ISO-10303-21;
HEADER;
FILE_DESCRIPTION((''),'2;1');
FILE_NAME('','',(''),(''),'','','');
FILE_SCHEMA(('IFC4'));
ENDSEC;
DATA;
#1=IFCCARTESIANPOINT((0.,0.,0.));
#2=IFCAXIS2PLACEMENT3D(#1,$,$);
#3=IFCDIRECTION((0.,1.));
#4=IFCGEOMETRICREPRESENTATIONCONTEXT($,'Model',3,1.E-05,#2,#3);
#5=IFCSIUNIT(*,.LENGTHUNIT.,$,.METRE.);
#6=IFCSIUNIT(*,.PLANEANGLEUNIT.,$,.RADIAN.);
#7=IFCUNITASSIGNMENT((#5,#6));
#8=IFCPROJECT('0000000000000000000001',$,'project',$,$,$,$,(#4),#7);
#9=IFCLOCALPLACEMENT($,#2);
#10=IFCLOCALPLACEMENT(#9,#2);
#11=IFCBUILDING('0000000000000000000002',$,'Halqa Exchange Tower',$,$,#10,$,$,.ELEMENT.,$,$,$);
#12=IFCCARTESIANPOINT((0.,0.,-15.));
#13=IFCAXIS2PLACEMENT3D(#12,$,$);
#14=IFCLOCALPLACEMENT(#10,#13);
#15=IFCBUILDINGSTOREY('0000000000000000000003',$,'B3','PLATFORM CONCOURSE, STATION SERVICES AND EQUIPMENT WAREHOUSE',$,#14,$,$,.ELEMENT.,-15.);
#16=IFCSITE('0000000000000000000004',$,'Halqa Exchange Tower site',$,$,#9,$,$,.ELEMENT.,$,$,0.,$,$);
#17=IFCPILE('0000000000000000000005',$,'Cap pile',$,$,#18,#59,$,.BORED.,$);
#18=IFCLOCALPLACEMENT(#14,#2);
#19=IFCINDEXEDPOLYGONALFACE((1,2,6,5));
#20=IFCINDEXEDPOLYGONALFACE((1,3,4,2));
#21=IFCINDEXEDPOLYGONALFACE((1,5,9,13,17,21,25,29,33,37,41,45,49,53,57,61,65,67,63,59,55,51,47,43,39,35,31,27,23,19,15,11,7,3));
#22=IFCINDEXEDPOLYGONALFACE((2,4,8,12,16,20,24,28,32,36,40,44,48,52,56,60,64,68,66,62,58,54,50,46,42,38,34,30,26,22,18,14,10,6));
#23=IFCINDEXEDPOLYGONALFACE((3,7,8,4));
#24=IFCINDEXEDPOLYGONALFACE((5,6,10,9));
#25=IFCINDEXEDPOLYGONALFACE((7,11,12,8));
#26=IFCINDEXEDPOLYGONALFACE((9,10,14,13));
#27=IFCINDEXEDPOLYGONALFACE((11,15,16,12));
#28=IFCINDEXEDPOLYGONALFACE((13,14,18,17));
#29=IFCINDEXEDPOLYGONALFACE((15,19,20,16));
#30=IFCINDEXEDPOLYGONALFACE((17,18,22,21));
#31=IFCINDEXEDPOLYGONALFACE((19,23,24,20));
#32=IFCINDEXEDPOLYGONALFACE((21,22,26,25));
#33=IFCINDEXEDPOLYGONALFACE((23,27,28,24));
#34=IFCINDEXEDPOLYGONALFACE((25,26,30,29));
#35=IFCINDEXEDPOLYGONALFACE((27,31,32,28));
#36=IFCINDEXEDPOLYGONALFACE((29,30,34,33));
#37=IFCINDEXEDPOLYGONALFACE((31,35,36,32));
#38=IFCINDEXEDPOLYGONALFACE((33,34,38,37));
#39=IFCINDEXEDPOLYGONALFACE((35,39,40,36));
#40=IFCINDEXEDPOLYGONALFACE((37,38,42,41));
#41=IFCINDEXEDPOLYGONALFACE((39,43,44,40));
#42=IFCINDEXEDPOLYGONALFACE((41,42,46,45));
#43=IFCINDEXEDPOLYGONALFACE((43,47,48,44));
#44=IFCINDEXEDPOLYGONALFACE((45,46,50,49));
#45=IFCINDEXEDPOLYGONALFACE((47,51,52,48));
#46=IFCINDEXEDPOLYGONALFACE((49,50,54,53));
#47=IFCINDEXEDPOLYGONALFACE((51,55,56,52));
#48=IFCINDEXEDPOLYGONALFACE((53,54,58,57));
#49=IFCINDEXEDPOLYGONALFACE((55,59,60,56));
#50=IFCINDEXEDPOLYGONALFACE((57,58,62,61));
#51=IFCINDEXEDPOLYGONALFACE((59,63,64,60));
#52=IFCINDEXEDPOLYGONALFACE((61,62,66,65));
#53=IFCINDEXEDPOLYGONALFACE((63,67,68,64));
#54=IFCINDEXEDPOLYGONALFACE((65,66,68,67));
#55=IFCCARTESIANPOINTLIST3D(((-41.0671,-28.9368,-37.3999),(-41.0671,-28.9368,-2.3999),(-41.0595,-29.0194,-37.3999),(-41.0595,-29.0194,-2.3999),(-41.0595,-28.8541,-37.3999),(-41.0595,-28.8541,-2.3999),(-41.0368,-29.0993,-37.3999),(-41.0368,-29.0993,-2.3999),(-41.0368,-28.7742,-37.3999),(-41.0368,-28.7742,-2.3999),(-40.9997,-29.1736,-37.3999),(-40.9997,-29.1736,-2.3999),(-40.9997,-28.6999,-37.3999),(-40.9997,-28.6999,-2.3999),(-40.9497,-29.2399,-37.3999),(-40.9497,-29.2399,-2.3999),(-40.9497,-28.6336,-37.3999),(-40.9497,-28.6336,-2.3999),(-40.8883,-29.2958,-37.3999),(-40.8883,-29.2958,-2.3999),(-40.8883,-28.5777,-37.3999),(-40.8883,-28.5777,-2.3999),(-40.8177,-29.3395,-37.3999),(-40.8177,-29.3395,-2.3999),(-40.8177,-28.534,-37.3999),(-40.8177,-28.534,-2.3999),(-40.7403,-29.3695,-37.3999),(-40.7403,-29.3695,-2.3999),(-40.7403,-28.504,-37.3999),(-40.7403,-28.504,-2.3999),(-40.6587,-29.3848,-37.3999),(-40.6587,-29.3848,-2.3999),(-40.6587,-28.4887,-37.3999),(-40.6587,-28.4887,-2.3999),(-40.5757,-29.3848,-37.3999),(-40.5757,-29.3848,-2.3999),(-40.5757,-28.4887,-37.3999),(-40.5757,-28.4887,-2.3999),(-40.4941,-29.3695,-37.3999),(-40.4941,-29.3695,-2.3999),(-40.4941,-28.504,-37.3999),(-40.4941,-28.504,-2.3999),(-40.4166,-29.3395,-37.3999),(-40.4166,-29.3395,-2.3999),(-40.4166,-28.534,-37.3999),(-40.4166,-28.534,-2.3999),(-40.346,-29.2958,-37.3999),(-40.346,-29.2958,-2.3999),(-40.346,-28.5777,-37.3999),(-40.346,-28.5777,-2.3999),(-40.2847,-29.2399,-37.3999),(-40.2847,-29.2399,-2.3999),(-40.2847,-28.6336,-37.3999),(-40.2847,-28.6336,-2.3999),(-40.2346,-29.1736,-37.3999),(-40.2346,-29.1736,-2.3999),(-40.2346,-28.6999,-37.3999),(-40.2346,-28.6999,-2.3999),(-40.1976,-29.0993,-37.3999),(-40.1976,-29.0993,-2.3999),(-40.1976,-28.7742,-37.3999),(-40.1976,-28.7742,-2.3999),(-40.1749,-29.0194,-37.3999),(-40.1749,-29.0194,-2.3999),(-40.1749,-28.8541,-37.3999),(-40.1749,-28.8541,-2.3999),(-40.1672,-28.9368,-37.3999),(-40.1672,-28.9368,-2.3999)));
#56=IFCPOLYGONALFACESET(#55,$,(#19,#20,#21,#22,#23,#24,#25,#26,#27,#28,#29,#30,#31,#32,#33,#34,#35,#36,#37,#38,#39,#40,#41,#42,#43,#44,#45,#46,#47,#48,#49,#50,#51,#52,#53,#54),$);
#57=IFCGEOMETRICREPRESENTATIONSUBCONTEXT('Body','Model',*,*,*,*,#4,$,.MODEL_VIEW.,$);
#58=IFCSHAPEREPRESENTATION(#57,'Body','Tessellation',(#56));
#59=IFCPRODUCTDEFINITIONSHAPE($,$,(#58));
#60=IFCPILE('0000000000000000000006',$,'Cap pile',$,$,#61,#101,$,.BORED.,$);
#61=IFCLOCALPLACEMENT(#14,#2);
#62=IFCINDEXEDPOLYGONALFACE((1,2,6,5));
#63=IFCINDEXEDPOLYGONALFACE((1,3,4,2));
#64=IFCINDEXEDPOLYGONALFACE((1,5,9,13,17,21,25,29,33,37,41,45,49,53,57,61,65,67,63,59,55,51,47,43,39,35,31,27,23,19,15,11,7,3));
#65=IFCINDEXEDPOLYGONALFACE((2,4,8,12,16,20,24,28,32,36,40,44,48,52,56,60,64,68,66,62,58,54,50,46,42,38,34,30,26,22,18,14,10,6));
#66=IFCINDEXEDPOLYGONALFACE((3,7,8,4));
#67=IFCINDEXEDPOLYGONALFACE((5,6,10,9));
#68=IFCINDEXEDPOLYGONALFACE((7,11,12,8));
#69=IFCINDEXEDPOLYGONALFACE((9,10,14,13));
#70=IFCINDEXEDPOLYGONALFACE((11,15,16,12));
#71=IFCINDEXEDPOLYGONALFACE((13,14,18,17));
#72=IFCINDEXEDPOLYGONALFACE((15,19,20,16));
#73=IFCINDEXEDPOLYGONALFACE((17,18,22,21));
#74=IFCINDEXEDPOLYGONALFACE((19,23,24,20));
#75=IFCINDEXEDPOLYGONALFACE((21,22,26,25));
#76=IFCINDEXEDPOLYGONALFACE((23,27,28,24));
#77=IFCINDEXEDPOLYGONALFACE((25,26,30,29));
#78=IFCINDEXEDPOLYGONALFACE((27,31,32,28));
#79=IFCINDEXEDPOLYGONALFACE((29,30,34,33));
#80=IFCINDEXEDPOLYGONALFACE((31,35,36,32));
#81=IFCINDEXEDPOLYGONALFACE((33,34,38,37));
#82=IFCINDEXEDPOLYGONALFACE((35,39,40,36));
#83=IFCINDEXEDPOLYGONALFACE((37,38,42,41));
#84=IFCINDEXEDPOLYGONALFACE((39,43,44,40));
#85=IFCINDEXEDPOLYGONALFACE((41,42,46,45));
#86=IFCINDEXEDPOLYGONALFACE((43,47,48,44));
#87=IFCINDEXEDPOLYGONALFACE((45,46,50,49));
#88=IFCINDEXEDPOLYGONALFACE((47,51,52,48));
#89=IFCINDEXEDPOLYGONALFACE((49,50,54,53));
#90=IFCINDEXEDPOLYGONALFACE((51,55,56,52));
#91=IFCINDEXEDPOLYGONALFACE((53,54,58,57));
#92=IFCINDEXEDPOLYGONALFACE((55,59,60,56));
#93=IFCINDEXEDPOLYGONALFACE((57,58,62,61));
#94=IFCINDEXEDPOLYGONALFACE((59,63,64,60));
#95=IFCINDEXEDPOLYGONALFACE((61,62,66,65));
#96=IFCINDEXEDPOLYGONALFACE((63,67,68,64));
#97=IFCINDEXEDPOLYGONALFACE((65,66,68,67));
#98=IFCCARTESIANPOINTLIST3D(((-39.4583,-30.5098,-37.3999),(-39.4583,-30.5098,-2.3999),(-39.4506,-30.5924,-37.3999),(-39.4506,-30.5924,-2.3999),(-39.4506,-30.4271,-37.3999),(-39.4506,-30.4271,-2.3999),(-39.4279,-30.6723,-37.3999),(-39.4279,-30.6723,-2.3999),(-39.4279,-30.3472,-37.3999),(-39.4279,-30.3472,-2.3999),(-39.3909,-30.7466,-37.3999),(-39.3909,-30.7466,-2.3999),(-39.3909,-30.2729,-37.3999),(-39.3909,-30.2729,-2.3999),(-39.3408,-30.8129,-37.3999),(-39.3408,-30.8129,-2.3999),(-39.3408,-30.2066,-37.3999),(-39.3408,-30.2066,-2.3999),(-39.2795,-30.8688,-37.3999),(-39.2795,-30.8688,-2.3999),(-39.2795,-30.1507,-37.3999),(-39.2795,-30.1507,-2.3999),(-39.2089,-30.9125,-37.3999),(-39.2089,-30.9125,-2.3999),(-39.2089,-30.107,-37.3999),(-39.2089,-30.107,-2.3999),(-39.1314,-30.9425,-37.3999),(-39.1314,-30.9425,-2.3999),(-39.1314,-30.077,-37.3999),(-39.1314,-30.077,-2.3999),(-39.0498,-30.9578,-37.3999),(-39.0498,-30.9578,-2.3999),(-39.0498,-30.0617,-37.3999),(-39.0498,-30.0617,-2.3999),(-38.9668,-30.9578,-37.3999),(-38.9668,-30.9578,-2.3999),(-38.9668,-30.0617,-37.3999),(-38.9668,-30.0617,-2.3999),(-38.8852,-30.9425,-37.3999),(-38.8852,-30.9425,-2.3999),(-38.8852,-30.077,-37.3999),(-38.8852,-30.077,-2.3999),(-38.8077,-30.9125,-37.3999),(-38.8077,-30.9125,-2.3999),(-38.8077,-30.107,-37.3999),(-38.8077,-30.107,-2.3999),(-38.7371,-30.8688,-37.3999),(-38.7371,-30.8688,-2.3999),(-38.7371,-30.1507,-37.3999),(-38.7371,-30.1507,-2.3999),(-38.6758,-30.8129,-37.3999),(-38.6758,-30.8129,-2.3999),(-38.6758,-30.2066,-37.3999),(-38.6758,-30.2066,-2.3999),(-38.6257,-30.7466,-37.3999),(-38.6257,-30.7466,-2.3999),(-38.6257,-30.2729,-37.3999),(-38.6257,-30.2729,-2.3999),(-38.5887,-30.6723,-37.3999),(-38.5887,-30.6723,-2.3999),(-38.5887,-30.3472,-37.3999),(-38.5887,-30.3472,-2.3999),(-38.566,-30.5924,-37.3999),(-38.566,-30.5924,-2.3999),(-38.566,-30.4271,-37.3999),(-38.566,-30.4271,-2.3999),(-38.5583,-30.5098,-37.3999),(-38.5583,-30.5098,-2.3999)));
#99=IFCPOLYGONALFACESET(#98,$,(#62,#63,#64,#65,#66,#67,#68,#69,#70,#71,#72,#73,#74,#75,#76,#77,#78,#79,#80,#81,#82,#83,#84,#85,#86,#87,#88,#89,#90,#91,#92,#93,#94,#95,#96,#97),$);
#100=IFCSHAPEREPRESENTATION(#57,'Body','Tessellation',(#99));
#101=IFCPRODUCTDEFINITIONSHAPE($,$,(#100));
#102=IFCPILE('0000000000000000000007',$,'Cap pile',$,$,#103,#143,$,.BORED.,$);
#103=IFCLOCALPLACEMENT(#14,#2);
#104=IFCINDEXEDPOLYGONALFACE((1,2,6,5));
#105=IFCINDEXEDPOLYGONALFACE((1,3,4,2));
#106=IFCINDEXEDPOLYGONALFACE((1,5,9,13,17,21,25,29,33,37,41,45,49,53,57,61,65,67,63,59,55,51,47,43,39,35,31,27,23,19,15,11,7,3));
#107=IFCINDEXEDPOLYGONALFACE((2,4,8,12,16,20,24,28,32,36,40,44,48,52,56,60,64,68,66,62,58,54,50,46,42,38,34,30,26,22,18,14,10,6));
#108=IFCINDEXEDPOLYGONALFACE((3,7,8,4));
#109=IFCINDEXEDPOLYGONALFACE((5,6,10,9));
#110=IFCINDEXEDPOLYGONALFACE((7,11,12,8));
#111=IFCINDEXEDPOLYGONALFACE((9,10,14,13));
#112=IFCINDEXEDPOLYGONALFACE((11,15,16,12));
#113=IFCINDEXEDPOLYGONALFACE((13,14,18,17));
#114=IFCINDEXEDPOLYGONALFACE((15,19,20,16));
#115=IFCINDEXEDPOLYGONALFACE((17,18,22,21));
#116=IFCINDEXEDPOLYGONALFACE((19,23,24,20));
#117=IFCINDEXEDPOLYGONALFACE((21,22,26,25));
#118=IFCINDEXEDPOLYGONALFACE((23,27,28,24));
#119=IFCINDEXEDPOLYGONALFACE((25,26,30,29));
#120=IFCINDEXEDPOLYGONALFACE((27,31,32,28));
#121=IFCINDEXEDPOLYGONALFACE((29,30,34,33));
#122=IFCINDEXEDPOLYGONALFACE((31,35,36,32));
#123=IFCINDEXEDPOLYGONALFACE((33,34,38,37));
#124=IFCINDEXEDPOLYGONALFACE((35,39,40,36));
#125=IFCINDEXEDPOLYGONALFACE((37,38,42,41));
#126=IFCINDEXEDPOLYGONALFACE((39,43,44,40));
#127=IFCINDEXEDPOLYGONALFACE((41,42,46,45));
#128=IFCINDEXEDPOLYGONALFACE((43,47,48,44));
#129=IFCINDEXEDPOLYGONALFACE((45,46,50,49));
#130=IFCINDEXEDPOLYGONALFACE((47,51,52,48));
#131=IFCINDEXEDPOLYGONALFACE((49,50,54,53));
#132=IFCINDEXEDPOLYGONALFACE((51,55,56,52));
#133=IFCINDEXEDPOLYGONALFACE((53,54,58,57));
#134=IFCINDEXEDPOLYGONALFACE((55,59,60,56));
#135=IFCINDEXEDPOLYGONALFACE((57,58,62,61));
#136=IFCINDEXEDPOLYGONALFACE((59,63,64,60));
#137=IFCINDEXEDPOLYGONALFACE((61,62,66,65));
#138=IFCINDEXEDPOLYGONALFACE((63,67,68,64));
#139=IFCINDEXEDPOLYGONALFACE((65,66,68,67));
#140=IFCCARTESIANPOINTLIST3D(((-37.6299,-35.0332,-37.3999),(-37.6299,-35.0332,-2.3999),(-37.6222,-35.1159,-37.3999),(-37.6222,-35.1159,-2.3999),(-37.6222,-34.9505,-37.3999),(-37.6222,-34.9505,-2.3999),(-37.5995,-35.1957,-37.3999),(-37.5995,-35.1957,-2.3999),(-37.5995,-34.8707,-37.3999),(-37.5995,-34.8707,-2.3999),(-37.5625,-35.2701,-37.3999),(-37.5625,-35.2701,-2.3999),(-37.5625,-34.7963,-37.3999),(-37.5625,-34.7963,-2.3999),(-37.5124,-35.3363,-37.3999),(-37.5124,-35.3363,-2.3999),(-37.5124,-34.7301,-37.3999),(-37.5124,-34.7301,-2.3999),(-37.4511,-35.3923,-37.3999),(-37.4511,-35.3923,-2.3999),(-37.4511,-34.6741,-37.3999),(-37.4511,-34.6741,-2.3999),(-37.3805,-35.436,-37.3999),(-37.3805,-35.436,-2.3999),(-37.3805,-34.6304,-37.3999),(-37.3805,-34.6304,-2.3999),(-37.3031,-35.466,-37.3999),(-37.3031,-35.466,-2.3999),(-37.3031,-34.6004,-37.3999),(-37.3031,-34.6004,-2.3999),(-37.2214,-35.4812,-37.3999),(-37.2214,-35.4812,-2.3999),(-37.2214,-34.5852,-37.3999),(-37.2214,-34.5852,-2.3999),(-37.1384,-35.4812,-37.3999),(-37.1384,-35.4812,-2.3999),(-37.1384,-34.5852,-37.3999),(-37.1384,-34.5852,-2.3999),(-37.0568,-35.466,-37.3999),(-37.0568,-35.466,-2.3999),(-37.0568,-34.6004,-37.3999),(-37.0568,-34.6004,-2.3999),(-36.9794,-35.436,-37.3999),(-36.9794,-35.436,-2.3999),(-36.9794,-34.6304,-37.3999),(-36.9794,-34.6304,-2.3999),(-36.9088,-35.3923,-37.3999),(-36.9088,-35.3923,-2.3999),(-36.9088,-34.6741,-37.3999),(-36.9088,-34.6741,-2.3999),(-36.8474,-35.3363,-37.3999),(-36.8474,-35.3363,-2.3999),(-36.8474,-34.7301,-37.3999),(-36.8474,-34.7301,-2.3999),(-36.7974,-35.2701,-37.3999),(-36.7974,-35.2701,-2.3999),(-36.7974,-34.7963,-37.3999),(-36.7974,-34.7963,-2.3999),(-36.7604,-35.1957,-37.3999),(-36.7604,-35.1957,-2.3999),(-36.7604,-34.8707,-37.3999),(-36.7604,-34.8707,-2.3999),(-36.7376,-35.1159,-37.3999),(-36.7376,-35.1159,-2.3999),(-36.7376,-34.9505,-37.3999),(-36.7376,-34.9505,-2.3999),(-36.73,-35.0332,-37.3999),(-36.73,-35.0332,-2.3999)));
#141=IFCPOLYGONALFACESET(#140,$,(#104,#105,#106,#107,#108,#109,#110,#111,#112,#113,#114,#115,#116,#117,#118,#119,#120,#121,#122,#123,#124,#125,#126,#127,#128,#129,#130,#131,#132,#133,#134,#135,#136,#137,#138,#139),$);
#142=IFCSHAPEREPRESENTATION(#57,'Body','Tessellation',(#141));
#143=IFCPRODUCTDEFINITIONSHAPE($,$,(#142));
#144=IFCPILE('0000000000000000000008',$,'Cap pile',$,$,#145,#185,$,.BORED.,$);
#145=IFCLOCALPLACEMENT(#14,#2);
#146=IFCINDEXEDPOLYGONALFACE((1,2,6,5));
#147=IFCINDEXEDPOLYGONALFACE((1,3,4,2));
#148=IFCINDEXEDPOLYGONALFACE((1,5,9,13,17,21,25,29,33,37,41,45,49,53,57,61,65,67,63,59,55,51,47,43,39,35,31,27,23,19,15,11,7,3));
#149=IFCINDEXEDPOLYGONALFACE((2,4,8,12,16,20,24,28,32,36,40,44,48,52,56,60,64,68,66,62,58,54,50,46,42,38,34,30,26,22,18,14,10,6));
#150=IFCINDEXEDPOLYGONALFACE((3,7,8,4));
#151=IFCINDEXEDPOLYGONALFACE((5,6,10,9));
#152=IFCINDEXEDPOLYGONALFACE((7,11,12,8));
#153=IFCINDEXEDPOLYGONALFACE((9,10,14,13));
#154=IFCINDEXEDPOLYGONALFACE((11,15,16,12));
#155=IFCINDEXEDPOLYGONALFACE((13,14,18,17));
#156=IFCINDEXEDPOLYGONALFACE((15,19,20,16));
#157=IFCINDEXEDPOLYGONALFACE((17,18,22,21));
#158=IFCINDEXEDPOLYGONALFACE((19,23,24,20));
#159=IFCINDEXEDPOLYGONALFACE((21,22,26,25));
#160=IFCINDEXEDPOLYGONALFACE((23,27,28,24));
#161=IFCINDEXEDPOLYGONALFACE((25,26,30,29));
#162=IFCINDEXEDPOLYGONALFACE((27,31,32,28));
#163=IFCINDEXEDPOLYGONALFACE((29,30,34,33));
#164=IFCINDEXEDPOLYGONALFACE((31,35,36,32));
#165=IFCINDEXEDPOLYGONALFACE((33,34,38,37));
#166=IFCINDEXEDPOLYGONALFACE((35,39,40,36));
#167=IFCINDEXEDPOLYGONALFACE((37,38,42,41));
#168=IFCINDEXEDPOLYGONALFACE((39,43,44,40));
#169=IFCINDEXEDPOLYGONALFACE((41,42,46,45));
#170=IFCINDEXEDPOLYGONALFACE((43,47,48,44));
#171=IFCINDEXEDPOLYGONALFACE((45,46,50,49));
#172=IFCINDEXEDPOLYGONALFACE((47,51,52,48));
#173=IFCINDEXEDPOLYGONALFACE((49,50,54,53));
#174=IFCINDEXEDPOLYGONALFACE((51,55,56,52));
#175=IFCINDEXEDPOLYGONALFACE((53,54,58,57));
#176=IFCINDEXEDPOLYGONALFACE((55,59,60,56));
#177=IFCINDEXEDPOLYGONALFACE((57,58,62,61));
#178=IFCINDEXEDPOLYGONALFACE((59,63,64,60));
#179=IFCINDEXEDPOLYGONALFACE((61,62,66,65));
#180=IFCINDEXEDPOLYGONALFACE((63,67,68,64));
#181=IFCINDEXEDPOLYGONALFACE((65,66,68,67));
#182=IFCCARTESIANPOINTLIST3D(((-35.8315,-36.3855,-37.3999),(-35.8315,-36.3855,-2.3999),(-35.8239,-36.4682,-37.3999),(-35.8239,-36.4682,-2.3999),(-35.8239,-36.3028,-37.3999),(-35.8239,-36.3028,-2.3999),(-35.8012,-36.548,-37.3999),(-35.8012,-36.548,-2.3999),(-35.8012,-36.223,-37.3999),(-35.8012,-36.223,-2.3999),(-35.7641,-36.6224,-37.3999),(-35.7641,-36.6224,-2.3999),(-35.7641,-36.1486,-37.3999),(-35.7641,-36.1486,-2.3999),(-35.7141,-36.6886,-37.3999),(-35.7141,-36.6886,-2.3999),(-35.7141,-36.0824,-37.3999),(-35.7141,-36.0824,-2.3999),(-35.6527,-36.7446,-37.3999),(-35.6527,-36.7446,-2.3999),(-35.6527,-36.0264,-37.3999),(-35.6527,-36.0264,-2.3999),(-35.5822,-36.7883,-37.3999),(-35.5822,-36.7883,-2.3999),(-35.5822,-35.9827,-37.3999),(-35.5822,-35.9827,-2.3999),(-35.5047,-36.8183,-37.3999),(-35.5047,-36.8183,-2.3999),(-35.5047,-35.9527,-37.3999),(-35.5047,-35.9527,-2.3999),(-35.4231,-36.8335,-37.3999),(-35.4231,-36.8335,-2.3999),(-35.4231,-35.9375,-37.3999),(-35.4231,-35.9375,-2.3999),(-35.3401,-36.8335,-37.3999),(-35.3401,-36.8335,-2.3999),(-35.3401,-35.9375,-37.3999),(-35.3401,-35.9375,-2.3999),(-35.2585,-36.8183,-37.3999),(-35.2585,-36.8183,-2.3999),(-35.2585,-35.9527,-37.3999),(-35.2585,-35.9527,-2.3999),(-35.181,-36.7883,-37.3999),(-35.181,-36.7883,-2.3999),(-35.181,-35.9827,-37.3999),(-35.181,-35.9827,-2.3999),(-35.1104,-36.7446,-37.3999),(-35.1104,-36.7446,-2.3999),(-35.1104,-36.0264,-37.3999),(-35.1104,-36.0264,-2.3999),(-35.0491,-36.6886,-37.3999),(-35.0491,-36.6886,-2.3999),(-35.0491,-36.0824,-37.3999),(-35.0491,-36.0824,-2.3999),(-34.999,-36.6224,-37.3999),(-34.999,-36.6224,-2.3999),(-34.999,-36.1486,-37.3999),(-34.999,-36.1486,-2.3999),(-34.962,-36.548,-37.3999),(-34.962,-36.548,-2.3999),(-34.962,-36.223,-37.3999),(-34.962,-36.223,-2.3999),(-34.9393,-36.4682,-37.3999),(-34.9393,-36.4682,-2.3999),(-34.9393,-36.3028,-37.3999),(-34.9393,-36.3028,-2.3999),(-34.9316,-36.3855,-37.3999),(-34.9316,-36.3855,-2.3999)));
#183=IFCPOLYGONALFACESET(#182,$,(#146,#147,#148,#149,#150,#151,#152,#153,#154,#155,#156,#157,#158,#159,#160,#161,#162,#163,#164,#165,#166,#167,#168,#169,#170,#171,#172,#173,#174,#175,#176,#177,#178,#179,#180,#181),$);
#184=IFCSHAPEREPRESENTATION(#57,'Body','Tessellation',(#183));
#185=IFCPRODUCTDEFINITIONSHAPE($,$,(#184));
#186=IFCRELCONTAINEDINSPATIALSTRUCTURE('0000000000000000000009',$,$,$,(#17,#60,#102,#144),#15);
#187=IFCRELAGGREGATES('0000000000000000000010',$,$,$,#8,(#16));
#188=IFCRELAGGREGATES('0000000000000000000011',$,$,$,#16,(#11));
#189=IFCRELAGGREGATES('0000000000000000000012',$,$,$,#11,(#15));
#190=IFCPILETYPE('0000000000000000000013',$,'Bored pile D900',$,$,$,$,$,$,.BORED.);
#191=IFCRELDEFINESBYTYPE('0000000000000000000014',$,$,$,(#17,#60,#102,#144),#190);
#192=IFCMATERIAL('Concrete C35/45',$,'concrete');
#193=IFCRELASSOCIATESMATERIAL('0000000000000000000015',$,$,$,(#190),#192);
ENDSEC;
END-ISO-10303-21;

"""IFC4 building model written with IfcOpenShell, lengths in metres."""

from ifc_helpers import new_model, si_unit, direction, frame, origin, origin_2d, place, context, subcontext, project, spatial, circle, extrude, material, material_profile, profile_set, type_object, element, save


model = new_model("IFC4")

# Units and contexts
model_context = context("Model", 3, precision=1e-05, world=origin(), true_north=direction((0.0, 1.0)))
body_context = subcontext(model_context, "Body", "Model", "MODEL_VIEW")
ifc_project = project(units=[si_unit("LENGTHUNIT", "METRE"), si_unit("PLANEANGLEUNIT", "RADIAN")], contexts=[model_context])

# Site, building, storey
site_placement = place(None, origin())
site = spatial("IfcSite", under=ifc_project, at=site_placement, Name="Halqa Exchange Tower site", CompositionType="ELEMENT", RefElevation=0.0)
building_placement = place(site_placement, origin())
building = spatial("IfcBuilding", under=site, at=building_placement, Name="Halqa Exchange Tower", CompositionType="ELEMENT")
storey_placement = place(building_placement, frame((0.0, 0.0, -15.0)))
storey = spatial("IfcBuildingStorey", under=building, at=storey_placement, Name="B3", Description="PLATFORM CONCOURSE, STATION SERVICES AND EQUIPMENT WAREHOUSE", CompositionType="ELEMENT", Elevation=-15.0)

# Piles
ifc_material_1 = material(Name="Concrete C35/45", Category="concrete")
ifc_material_profile_1 = material_profile(ifc_material_1, circle(Radius=0.45, at=origin_2d()), Name="D900")
ifc_profile_set_1 = profile_set([ifc_material_profile_1], Name="Concrete C35/45")
pile_type = type_object("IfcPileType", Name="Bored pile D900", PredefinedType="BORED", material=ifc_profile_set_1)
for number, where, z_axis, x_axis, name in (
    (1, (-40.6172, -28.9368, -2.3999), (0.0, 0.0, -1.0), (1.0, 0.0, 0.0), "Cap pile"),
    (2, (-39.0083, -30.5098, -2.3999), (0.0, 0.0, -1.0), (1.0, 0.0, 0.0), "Cap pile"),
    (3, (-37.1799, -35.0332, -2.3999), (0.0, 0.0, -1.0), (1.0, 0.0, 0.0), "Cap pile"),
    (4, (-35.3816, -36.3855, -2.3999), (0.0, 0.0, -1.0), (1.0, 0.0, 0.0), "Cap pile"),
):
    element("IfcPile", number, at=place(storey_placement, frame(where, z_axis=z_axis, x_axis=x_axis)), inside=storey, type_object=pile_type, Name=name, PredefinedType="BORED", context=body_context, shape_type="SweptSolid", body=[
        extrude(circle(Radius=0.45, at=origin_2d()), origin(), (0.0, 0.0, 1.0), 35.0),
    ])

save(model, "model.ifc")
